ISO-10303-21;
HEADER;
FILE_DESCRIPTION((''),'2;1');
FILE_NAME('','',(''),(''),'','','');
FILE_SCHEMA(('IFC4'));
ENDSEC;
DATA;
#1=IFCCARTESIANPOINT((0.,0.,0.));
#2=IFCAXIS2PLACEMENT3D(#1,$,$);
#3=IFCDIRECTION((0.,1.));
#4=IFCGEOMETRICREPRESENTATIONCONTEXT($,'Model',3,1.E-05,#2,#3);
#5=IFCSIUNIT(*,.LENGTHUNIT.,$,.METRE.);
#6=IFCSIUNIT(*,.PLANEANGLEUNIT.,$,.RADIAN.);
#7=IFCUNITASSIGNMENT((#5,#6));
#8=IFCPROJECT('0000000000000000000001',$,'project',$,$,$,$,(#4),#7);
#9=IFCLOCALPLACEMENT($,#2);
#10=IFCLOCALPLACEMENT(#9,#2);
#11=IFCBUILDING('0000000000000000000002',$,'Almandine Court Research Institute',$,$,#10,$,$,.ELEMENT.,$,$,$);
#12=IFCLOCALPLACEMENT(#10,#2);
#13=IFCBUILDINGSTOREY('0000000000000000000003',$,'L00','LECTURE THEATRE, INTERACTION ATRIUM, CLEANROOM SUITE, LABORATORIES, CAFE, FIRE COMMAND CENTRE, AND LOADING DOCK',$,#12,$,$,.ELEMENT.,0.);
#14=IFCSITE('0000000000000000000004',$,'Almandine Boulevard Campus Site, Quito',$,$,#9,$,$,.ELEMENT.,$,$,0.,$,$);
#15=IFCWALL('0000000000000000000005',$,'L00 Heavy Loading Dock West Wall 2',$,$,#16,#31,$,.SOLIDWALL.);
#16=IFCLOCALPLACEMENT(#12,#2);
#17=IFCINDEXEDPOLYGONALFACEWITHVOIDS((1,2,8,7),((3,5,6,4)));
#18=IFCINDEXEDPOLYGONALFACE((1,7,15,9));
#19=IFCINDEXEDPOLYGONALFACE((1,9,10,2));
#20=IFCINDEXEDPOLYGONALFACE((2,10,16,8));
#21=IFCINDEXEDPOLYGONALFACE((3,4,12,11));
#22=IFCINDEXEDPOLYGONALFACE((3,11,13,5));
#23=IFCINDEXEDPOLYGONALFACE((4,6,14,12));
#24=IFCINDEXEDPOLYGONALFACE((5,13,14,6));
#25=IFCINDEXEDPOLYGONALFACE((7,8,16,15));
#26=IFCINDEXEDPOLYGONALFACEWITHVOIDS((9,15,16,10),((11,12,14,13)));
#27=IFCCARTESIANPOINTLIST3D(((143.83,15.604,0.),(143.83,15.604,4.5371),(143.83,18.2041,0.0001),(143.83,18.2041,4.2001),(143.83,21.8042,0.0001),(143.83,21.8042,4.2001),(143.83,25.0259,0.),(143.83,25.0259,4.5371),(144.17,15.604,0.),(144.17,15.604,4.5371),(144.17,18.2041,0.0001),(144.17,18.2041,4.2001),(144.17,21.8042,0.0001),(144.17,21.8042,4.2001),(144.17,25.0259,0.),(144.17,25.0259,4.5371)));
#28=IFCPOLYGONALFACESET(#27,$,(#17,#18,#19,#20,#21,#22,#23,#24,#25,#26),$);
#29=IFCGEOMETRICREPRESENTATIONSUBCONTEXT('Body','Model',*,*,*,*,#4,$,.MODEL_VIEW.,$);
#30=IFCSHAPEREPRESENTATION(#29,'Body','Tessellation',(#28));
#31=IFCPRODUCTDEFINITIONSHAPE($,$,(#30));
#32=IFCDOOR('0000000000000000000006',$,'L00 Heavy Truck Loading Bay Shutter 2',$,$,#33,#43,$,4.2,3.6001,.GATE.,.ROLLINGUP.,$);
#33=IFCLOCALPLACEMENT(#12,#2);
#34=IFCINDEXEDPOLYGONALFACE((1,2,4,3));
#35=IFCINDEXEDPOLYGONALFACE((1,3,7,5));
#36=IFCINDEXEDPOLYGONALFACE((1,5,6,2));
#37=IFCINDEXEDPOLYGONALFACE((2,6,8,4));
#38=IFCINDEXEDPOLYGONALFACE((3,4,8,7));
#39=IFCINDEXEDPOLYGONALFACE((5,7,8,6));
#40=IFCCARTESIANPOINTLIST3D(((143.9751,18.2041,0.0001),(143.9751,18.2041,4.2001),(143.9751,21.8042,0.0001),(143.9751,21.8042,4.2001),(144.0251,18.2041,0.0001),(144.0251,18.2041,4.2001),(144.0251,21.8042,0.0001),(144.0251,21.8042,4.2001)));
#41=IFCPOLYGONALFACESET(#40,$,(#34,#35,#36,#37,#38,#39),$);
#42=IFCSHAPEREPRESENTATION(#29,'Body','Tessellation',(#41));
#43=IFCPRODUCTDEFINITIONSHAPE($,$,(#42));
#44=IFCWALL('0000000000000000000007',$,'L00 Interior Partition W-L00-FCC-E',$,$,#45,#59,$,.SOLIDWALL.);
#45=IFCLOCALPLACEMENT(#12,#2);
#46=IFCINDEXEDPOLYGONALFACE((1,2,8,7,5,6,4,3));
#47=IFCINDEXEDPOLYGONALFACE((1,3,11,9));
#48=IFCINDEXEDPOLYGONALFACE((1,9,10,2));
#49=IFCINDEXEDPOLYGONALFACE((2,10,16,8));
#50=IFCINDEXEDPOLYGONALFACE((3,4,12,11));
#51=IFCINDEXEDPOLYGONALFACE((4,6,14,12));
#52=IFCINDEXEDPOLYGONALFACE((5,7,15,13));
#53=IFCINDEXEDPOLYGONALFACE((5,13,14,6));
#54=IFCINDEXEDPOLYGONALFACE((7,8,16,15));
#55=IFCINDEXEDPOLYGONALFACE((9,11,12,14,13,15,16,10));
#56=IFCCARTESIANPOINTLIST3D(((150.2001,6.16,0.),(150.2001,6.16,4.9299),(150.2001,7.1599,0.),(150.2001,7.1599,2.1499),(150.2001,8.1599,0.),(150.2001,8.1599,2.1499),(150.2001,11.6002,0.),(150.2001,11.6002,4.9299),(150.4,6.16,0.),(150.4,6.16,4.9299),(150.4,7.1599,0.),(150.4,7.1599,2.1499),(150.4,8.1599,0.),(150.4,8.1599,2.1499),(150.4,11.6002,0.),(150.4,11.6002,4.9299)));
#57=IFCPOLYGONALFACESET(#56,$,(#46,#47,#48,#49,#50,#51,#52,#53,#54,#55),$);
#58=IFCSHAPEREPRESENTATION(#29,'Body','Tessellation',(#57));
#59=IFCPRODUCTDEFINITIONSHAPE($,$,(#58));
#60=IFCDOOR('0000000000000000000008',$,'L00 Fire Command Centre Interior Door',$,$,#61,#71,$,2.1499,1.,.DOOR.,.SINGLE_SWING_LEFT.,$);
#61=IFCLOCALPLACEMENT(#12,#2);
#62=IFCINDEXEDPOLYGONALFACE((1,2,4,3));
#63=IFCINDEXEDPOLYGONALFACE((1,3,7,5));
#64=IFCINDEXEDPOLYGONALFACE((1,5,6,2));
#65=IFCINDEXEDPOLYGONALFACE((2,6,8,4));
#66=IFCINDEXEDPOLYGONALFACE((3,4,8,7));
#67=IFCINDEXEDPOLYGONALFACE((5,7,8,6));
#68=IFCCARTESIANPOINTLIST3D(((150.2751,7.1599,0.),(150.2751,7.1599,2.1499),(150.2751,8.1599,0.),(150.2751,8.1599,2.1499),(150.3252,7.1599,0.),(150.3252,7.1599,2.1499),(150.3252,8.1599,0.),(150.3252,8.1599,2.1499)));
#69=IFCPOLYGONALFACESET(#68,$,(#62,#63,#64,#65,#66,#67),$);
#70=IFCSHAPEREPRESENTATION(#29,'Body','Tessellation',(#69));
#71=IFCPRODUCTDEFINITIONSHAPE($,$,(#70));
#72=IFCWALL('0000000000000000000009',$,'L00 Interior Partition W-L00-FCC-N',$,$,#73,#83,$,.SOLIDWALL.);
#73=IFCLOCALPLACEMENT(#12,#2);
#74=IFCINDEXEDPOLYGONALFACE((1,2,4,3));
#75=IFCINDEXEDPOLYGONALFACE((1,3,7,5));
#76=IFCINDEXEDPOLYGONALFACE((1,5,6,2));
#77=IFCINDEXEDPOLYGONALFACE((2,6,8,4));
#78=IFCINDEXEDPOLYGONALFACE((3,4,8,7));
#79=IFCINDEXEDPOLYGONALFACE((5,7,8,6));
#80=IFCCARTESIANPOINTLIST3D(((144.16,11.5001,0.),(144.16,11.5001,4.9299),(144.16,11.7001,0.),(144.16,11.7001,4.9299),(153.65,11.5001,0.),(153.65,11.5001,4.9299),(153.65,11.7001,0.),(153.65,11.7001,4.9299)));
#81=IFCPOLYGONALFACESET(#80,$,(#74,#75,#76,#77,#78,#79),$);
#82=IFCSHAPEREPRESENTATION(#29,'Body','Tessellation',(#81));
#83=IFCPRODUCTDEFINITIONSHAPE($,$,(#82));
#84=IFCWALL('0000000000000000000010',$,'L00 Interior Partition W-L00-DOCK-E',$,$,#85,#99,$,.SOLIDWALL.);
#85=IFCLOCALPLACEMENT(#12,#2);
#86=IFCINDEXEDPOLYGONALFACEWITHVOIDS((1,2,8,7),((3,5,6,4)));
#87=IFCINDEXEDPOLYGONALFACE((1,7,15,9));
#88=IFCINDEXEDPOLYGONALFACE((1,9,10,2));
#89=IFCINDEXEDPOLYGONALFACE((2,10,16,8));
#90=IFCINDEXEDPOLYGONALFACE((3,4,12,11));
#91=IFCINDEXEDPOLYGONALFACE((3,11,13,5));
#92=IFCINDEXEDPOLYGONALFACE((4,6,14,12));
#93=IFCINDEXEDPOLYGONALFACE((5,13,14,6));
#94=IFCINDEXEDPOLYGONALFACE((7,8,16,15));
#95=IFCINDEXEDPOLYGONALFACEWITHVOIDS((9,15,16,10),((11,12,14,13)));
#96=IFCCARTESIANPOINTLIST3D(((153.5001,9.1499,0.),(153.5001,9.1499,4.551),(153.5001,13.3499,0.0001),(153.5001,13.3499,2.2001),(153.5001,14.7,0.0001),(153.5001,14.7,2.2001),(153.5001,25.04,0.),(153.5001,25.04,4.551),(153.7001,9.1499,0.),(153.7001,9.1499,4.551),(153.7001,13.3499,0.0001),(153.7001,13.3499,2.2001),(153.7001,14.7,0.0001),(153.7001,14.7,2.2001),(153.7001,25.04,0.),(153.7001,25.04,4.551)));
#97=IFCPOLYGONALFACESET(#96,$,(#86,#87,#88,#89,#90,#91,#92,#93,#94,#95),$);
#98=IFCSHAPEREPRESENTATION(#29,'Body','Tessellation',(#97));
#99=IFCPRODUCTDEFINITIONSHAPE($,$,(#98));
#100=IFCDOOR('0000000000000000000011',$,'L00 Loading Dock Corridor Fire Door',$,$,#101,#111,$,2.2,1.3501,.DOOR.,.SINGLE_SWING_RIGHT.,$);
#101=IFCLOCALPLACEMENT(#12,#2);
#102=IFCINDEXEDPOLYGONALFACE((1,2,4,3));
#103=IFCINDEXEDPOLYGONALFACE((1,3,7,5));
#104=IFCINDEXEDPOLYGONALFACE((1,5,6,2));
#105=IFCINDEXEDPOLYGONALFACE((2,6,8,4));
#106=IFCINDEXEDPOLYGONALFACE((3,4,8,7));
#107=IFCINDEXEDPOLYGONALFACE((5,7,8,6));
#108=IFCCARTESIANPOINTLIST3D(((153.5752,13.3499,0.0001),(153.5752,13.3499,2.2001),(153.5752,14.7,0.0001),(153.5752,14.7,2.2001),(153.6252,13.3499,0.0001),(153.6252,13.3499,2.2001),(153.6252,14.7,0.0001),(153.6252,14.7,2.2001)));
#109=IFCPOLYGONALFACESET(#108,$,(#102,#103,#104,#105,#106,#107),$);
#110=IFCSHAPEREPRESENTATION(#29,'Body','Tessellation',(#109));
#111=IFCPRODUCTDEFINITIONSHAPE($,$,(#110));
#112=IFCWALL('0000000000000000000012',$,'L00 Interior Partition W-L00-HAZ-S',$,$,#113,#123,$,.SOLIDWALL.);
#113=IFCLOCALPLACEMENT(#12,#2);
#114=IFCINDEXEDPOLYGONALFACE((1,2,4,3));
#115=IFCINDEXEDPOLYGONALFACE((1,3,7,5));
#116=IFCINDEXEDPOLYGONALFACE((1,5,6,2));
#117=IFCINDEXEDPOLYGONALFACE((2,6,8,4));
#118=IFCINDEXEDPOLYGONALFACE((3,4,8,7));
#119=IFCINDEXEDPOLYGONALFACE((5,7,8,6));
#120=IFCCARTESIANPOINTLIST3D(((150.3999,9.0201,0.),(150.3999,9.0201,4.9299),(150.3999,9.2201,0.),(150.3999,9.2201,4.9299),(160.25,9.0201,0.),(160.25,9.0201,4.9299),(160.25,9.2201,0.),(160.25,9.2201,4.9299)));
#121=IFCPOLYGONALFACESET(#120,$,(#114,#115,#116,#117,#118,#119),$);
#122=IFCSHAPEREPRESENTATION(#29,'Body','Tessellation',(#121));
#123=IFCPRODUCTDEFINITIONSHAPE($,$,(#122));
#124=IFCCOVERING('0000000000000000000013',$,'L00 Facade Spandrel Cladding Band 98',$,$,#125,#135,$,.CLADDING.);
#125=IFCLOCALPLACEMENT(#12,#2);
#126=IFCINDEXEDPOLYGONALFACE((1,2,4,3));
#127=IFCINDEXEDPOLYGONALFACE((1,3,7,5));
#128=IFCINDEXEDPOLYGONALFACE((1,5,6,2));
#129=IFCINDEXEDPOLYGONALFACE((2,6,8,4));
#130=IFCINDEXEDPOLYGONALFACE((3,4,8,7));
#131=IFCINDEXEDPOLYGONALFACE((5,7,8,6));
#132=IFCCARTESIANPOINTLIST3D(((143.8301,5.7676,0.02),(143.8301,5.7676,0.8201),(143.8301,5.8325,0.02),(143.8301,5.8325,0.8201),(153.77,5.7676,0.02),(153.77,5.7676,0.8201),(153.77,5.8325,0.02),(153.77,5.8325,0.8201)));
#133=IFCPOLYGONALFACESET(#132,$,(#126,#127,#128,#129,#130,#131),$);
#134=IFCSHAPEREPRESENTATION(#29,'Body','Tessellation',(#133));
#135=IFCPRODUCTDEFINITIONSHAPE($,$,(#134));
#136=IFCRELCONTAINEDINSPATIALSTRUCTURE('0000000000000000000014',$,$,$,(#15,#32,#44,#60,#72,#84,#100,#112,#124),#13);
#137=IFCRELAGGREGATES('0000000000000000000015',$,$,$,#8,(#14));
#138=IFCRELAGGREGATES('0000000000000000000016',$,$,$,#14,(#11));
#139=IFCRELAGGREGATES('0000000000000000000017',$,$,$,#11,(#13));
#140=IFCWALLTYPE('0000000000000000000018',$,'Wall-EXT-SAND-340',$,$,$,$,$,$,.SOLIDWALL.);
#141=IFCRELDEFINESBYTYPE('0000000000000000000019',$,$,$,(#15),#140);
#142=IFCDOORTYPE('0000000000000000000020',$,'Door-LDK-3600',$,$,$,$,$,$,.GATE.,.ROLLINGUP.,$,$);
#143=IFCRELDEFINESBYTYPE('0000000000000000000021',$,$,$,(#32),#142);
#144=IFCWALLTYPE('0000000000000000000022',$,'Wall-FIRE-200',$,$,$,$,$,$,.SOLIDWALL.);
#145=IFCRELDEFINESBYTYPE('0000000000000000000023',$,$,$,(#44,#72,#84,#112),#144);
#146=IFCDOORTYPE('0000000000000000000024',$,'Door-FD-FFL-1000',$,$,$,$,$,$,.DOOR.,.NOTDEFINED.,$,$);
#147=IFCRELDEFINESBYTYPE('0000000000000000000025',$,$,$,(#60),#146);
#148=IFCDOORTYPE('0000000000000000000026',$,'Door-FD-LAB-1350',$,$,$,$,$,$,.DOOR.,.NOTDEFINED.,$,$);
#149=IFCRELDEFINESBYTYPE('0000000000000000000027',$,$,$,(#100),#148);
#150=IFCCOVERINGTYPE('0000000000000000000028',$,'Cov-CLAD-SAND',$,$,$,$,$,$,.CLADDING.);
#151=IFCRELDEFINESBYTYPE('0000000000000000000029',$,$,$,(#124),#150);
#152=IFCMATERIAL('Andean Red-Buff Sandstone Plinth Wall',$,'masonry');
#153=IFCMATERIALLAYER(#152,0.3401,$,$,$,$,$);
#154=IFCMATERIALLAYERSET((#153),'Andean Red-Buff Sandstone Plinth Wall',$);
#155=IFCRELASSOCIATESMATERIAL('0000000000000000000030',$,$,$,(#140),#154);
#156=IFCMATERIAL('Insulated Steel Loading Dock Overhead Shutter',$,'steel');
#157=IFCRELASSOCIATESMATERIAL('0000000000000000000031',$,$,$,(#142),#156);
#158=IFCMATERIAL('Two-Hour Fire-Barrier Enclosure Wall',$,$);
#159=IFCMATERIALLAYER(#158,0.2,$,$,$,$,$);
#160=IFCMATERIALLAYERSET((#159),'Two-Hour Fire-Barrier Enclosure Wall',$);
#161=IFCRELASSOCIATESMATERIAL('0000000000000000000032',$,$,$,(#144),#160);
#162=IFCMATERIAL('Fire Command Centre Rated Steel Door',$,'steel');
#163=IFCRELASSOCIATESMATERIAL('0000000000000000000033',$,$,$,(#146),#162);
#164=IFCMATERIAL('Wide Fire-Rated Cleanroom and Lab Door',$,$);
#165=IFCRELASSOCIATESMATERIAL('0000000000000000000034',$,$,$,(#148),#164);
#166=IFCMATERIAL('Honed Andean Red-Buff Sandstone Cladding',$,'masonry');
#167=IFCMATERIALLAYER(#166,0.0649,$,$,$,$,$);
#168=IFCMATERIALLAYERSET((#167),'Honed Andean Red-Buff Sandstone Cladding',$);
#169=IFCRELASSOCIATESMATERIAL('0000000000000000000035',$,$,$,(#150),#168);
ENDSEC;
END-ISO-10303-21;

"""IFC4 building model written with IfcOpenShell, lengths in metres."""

from ifc_helpers import new_model, si_unit, direction, frame, frame_2d, origin, origin_2d, place, context, subcontext, project, spatial, rectangle, extrude, material, layer, layer_set, type_object, element, fill, save


model = new_model("IFC4")

# Units and contexts
model_context = context("Model", 3, precision=1e-05, world=origin(), true_north=direction((0.0, 1.0)))
body_context = subcontext(model_context, "Body", "Model", "MODEL_VIEW")
ifc_project = project(units=[si_unit("LENGTHUNIT", "METRE"), si_unit("PLANEANGLEUNIT", "RADIAN")], contexts=[model_context])

# Site, building, storey
site_placement = place(None, origin())
site = spatial("IfcSite", under=ifc_project, at=site_placement, Name="Almandine Boulevard Campus Site, Quito", CompositionType="ELEMENT", RefElevation=0.0)
building_placement = place(site_placement, origin())
building = spatial("IfcBuilding", under=site, at=building_placement, Name="Almandine Court Research Institute", CompositionType="ELEMENT")
storey_placement = place(building_placement, origin())
storey = spatial("IfcBuildingStorey", under=building, at=storey_placement, Name="L00", Description="LECTURE THEATRE, INTERACTION ATRIUM, CLEANROOM SUITE, LABORATORIES, CAFE, FIRE COMMAND CENTRE, AND LOADING DOCK", CompositionType="ELEMENT", Elevation=0.0)

# Walls, openings, doors
ifc_material_1 = material(Name="Andean Red-Buff Sandstone Plinth Wall", Category="masonry")
ifc_layer_1 = layer(ifc_material_1, 0.3401)
ifc_layer_set_1 = layer_set([ifc_layer_1], Name="Andean Red-Buff Sandstone Plinth Wall")
wall_type_1 = type_object("IfcWallType", Name="Wall-EXT-SAND-340", PredefinedType="SOLIDWALL", material=ifc_layer_set_1)
wall_1_placement = place(storey_placement, frame((144.0, 15.604, 0.0), z_axis=(0.0, 0.0, 1.0), x_axis=(0.0, 1.0, 0.0)))
wall_1 = element("IfcWall", 1, at=wall_1_placement, inside=storey, type_object=wall_type_1, Name="L00 Heavy Loading Dock West Wall 2", PredefinedType="SOLIDWALL", context=body_context, shape_type="SweptSolid", body=[
    extrude(rectangle(XDim=9.4219, YDim=0.3401, at=frame_2d((4.7109, 0.0))), origin(), (0.0, 0.0, 1.0), 4.5371),
])
opening_1_placement = place(wall_1_placement, frame((2.6001, 0.0, 0.0)))
opening_1 = element("IfcOpeningElement", 2, at=opening_1_placement, cuts=wall_1, PredefinedType="OPENING", context=body_context, shape_type="SweptSolid", body=[
    extrude(rectangle(XDim=3.6001, YDim=4.2, at=frame_2d((1.8, 2.1001))), frame((0.0, 0.1799, 0.0), z_axis=(0.0, -1.0, 0.0), x_axis=(1.0, 0.0, 0.0)), (0.0, 0.0, 1.0), 0.3601),
])
ifc_material_2 = material(Name="Insulated Steel Loading Dock Overhead Shutter", Category="steel")
door_type_1 = type_object("IfcDoorType", Name="Door-LDK-3600", OperationType="ROLLINGUP", PredefinedType="GATE", material=ifc_material_2)
door_1_placement = place(opening_1_placement, origin())
door_1 = element("IfcDoor", 3, at=door_1_placement, inside=storey, type_object=door_type_1, Name="L00 Heavy Truck Loading Bay Shutter 2", OperationType="ROLLINGUP", OverallHeight=4.2, OverallWidth=3.6001, PredefinedType="GATE", context=body_context, shape_type="SweptSolid", body=[
    extrude(rectangle(XDim=3.6001, YDim=4.2, at=frame_2d((1.8, 2.1001))), frame((0.0, 0.0249, 0.0), z_axis=(0.0, -1.0, 0.0), x_axis=(1.0, 0.0, 0.0)), (0.0, 0.0, 1.0), 0.05),
])
fill(opening_1, door_1)
ifc_material_3 = material(Name="Two-Hour Fire-Barrier Enclosure Wall")
ifc_layer_2 = layer(ifc_material_3, 0.2)
ifc_layer_set_2 = layer_set([ifc_layer_2], Name="Two-Hour Fire-Barrier Enclosure Wall")
wall_type_2 = type_object("IfcWallType", Name="Wall-FIRE-200", PredefinedType="SOLIDWALL", material=ifc_layer_set_2)
wall_2_placement = place(storey_placement, frame((150.3, 6.1599, 0.0), z_axis=(0.0, 0.0, 1.0), x_axis=(0.0, 1.0, 0.0)))
wall_2 = element("IfcWall", 4, at=wall_2_placement, inside=storey, type_object=wall_type_2, Name="L00 Interior Partition W-L00-FCC-E", PredefinedType="SOLIDWALL", context=body_context, shape_type="SweptSolid", body=[
    extrude(rectangle(XDim=5.4402, YDim=0.2, at=frame_2d((2.7202, 0.0))), origin(), (0.0, 0.0, 1.0), 4.9299),
])
opening_2_placement = place(wall_2_placement, frame((1.0, 0.0, 0.0)))
opening_2 = element("IfcOpeningElement", 5, at=opening_2_placement, cuts=wall_2, PredefinedType="OPENING", context=body_context, shape_type="SweptSolid", body=[
    extrude(rectangle(XDim=1.0, YDim=2.1499, at=frame_2d((0.5, 1.075))), frame((0.0, 0.1099, 0.0), z_axis=(0.0, -1.0, 0.0), x_axis=(1.0, 0.0, 0.0)), (0.0, 0.0, 1.0), 0.22),
])
ifc_material_4 = material(Name="Fire Command Centre Rated Steel Door", Category="steel")
door_type_2 = type_object("IfcDoorType", Name="Door-FD-FFL-1000", OperationType="NOTDEFINED", PredefinedType="DOOR", material=ifc_material_4)
door_2_placement = place(opening_2_placement, origin())
door_2 = element("IfcDoor", 6, at=door_2_placement, inside=storey, type_object=door_type_2, Name="L00 Fire Command Centre Interior Door", OperationType="SINGLE_SWING_LEFT", OverallHeight=2.1499, OverallWidth=1.0, PredefinedType="DOOR", context=body_context, shape_type="SweptSolid", body=[
    extrude(rectangle(XDim=1.0, YDim=2.1499, at=frame_2d((0.5, 1.075))), frame((0.0, 0.0249, 0.0), z_axis=(0.0, -1.0, 0.0), x_axis=(1.0, 0.0, 0.0)), (0.0, 0.0, 1.0), 0.05),
])
fill(opening_2, door_2)

# Wall
wall_3_placement = place(storey_placement, frame((144.1599, 11.6001, 0.0), z_axis=(0.0, 0.0, 1.0), x_axis=(1.0, 0.0, 0.0)))
element("IfcWall", 7, at=wall_3_placement, inside=storey, type_object=wall_type_2, Name="L00 Interior Partition W-L00-FCC-N", PredefinedType="SOLIDWALL", context=body_context, shape_type="SweptSolid", body=[
    extrude(rectangle(XDim=9.49, YDim=0.2, at=frame_2d((4.7451, 0.0))), origin(), (0.0, 0.0, 1.0), 4.9299),
])

# Wall, opening, door
wall_4_placement = place(storey_placement, frame((153.6001, 9.1499, 0.0), z_axis=(0.0, 0.0, 1.0), x_axis=(0.0, 1.0, 0.0)))
wall_4 = element("IfcWall", 8, at=wall_4_placement, inside=storey, type_object=wall_type_2, Name="L00 Interior Partition W-L00-DOCK-E", PredefinedType="SOLIDWALL", context=body_context, shape_type="SweptSolid", body=[
    extrude(rectangle(XDim=15.8901, YDim=0.2, at=frame_2d((7.9451, 0.0))), origin(), (0.0, 0.0, 1.0), 4.551),
])
opening_3_placement = place(wall_4_placement, frame((4.2, 0.0, 0.0)))
opening_3 = element("IfcOpeningElement", 9, at=opening_3_placement, cuts=wall_4, PredefinedType="OPENING", context=body_context, shape_type="SweptSolid", body=[
    extrude(rectangle(XDim=1.3501, YDim=2.2, at=frame_2d((0.675, 1.1001))), frame((0.0, 0.1099, 0.0), z_axis=(0.0, -1.0, 0.0), x_axis=(1.0, 0.0, 0.0)), (0.0, 0.0, 1.0), 0.22),
])
ifc_material_5 = material(Name="Wide Fire-Rated Cleanroom and Lab Door")
door_type_3 = type_object("IfcDoorType", Name="Door-FD-LAB-1350", OperationType="NOTDEFINED", PredefinedType="DOOR", material=ifc_material_5)
door_3_placement = place(opening_3_placement, origin())
door_3 = element("IfcDoor", 10, at=door_3_placement, inside=storey, type_object=door_type_3, Name="L00 Loading Dock Corridor Fire Door", OperationType="SINGLE_SWING_RIGHT", OverallHeight=2.2, OverallWidth=1.3501, PredefinedType="DOOR", context=body_context, shape_type="SweptSolid", body=[
    extrude(rectangle(XDim=1.3501, YDim=2.2, at=frame_2d((0.675, 1.1001))), frame((0.0, 0.0249, 0.0), z_axis=(0.0, -1.0, 0.0), x_axis=(1.0, 0.0, 0.0)), (0.0, 0.0, 1.0), 0.05),
])
fill(opening_3, door_3)

# Wall
wall_5_placement = place(storey_placement, frame((150.3999, 9.1201, 0.0), z_axis=(0.0, 0.0, 1.0), x_axis=(1.0, 0.0, 0.0)))
element("IfcWall", 11, at=wall_5_placement, inside=storey, type_object=wall_type_2, Name="L00 Interior Partition W-L00-HAZ-S", PredefinedType="SOLIDWALL", context=body_context, shape_type="SweptSolid", body=[
    extrude(rectangle(XDim=9.8501, YDim=0.2, at=frame_2d((4.925, 0.0))), origin(), (0.0, 0.0, 1.0), 4.9299),
])

# Covering
ifc_material_6 = material(Name="Honed Andean Red-Buff Sandstone Cladding", Category="masonry")
ifc_layer_3 = layer(ifc_material_6, 0.0649)
ifc_layer_set_3 = layer_set([ifc_layer_3], Name="Honed Andean Red-Buff Sandstone Cladding")
covering_type = type_object("IfcCoveringType", Name="Cov-CLAD-SAND", PredefinedType="CLADDING", material=ifc_layer_set_3)
covering_placement = place(storey_placement, frame((148.8, 5.8, 0.02), z_axis=(0.0, 0.0, 1.0), x_axis=(-1.0, 0.0, 0.0)))
element("IfcCovering", 12, at=covering_placement, inside=storey, type_object=covering_type, Name="L00 Facade Spandrel Cladding Band 98", PredefinedType="CLADDING", context=body_context, shape_type="SweptSolid", body=[
    extrude(rectangle(XDim=9.9399, YDim=0.0649, at=origin_2d()), origin(), (0.0, 0.0, 1.0), 0.8),
])

save(model, "model.ifc")
